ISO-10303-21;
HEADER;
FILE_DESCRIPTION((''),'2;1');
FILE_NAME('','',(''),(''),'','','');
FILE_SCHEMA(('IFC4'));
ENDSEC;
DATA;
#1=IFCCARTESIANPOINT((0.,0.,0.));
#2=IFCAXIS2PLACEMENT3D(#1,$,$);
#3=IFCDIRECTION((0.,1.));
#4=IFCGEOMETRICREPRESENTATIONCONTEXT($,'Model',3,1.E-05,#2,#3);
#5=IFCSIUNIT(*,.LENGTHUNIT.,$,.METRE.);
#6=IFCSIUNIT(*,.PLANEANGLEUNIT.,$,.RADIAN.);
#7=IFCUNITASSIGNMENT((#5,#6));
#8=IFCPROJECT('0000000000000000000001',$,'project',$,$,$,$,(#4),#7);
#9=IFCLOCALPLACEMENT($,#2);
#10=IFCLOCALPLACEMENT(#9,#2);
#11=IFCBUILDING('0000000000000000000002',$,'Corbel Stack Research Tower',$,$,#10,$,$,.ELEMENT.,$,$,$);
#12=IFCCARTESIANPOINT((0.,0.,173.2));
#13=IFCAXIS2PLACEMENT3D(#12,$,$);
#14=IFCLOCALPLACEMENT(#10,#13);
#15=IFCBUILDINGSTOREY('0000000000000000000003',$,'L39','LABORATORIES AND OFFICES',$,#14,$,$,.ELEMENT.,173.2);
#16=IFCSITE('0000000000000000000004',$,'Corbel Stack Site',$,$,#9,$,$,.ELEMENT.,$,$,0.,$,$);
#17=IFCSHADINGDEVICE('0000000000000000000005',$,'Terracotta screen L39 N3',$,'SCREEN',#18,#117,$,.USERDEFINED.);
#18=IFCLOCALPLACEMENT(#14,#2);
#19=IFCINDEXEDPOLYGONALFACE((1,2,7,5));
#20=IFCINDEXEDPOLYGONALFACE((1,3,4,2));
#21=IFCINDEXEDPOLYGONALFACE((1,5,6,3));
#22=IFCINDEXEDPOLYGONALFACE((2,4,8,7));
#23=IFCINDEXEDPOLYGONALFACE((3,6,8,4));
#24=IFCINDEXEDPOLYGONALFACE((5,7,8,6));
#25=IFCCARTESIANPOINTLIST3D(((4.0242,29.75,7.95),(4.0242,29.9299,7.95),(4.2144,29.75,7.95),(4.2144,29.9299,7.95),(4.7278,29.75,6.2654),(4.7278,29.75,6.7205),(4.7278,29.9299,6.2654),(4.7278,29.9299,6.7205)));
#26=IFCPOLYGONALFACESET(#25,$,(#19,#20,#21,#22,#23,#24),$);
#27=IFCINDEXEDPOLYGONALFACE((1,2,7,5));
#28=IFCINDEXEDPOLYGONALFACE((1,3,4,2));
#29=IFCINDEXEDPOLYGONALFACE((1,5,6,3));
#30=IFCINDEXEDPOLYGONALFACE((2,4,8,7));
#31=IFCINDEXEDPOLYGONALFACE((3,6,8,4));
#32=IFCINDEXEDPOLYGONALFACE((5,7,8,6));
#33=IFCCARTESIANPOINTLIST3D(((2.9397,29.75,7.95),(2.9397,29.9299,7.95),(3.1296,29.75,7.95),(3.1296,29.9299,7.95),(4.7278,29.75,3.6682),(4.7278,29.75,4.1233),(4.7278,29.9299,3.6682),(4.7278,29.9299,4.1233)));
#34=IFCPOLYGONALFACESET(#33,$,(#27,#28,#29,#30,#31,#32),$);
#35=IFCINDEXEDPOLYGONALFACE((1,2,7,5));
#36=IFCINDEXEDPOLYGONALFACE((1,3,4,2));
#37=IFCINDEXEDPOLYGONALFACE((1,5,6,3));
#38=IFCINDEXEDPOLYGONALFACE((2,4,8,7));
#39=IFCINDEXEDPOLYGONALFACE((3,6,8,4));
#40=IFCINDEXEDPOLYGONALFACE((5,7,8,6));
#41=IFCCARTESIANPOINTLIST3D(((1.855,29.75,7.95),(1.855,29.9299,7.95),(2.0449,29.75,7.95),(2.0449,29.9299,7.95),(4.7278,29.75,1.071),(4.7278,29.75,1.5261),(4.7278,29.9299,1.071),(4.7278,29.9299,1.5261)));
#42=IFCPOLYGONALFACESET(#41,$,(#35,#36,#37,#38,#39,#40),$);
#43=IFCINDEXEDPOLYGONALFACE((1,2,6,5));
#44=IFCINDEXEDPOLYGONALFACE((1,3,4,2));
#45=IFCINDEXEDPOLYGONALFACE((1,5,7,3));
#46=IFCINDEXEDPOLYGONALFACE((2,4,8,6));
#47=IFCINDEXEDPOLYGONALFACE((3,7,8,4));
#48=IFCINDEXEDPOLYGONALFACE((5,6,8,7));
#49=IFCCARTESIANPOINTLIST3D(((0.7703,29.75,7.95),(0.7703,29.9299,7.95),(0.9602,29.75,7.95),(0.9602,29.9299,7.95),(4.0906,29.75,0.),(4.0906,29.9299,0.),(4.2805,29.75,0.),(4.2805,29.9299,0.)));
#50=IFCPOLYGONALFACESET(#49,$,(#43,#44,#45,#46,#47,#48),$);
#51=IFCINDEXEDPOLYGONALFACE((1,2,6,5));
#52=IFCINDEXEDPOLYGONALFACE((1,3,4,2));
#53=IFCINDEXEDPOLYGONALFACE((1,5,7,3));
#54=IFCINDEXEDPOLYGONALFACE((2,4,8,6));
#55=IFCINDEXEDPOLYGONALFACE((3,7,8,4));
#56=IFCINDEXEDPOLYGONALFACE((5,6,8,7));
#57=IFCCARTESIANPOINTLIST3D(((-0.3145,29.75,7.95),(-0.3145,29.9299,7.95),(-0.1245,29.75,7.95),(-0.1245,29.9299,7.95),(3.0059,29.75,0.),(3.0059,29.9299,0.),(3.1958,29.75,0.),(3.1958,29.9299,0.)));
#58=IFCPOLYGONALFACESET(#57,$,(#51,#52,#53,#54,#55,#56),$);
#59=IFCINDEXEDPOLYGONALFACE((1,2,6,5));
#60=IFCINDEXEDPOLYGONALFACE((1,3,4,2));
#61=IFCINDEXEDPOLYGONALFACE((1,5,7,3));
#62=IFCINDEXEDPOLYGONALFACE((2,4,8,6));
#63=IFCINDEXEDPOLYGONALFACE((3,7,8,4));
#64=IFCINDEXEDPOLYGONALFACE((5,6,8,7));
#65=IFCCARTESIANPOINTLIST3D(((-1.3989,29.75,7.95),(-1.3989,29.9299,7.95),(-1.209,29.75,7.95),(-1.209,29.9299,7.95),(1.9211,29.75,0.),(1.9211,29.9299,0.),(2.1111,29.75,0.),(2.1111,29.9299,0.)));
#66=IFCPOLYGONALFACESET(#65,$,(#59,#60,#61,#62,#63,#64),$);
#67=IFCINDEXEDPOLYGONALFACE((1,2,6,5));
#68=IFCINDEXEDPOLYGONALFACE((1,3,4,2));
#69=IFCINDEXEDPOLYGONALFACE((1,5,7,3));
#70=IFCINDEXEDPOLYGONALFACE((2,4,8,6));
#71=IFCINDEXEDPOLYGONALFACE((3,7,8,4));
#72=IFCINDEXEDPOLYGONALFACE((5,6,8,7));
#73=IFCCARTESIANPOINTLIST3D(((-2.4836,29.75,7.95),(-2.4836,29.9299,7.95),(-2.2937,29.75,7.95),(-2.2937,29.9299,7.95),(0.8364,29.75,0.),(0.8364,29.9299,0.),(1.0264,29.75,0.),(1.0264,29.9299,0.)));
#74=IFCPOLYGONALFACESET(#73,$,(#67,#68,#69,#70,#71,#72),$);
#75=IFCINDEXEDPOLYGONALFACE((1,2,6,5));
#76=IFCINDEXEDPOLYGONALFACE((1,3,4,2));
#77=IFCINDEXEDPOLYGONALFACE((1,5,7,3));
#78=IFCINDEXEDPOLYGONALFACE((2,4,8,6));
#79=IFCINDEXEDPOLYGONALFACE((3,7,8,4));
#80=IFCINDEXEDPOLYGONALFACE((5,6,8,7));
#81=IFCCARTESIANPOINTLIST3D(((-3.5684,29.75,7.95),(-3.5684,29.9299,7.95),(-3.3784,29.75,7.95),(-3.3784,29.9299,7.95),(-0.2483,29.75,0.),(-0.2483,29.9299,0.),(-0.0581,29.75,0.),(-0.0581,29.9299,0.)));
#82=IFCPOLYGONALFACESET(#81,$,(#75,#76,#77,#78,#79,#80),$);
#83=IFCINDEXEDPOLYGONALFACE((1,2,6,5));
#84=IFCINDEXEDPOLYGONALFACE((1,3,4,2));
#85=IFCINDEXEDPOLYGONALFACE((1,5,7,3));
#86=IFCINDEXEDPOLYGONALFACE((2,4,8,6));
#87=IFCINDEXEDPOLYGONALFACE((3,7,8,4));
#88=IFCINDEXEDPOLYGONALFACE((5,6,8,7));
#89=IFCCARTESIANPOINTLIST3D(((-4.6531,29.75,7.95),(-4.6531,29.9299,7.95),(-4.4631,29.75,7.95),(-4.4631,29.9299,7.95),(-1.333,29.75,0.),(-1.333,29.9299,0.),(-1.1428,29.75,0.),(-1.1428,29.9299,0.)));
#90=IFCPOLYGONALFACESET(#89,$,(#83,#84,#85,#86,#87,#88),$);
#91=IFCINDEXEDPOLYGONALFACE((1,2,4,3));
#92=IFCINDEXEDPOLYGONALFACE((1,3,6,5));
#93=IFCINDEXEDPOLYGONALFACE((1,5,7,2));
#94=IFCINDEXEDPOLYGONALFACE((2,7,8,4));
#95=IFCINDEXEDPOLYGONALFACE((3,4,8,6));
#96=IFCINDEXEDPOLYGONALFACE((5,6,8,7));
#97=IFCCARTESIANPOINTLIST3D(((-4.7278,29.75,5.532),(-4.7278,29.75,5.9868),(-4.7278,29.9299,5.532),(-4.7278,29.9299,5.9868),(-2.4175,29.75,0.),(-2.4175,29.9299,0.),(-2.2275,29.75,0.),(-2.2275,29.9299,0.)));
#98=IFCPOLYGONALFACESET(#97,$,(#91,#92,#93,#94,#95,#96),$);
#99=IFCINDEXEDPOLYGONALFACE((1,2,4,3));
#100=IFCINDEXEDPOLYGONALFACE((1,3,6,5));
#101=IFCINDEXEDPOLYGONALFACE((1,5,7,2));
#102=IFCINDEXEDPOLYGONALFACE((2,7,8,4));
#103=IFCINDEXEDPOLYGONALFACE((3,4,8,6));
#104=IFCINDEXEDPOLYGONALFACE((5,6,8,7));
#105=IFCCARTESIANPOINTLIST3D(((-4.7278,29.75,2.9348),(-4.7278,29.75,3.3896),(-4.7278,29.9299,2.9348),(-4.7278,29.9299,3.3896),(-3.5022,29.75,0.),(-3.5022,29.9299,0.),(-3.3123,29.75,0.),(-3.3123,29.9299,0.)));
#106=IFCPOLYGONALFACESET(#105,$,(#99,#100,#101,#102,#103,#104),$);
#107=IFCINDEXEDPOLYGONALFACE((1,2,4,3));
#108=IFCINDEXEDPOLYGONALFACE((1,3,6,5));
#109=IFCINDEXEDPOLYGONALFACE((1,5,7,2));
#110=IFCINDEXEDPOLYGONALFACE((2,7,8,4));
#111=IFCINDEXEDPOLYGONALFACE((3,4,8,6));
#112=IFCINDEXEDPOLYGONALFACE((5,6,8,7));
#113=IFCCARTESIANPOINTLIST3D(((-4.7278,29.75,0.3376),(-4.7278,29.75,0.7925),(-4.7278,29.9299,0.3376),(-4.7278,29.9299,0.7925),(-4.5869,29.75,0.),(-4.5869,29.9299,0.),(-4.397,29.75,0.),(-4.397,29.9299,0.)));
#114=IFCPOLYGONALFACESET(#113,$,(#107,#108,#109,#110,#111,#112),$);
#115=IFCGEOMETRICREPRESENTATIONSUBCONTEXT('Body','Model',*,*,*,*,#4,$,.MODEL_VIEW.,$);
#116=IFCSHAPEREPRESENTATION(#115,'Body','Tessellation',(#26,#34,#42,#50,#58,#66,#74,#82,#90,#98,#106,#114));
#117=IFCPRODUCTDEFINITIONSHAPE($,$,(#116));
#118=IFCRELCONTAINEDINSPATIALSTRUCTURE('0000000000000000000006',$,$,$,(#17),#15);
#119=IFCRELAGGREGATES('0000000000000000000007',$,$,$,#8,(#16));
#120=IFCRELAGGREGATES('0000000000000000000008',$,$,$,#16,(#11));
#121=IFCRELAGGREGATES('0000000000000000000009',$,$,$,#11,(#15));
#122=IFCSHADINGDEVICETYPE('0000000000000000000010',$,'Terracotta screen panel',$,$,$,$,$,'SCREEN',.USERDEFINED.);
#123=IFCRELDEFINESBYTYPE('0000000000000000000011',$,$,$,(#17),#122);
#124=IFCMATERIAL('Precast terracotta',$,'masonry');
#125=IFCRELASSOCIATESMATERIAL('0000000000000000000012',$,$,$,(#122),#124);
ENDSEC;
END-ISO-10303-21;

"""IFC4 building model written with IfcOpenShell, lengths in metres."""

from ifc_helpers import new_model, si_unit, direction, frame, origin, place, context, subcontext, project, spatial, polyline, outline, extrude, source, transform, mapped, material, type_object, element, save


model = new_model("IFC4")

# Units and contexts
model_context = context("Model", 3, precision=1e-05, world=origin(), true_north=direction((0.0, 1.0)))
body_context = subcontext(model_context, "Body", "Model", "MODEL_VIEW")
ifc_project = project(units=[si_unit("LENGTHUNIT", "METRE"), si_unit("PLANEANGLEUNIT", "RADIAN")], contexts=[model_context])

# Site, building, storey
site_placement = place(None, origin())
site = spatial("IfcSite", under=ifc_project, at=site_placement, Name="Corbel Stack Site", CompositionType="ELEMENT", RefElevation=0.0)
building_placement = place(site_placement, origin())
building = spatial("IfcBuilding", under=site, at=building_placement, Name="Corbel Stack Research Tower", CompositionType="ELEMENT")
storey_placement = place(building_placement, frame((0.0, 0.0, 173.2)))
storey = spatial("IfcBuildingStorey", under=building, at=storey_placement, Name="L39", Description="LABORATORIES AND OFFICES", CompositionType="ELEMENT", Elevation=173.2)

# Shading device
ifc_material_1 = material(Name="Precast terracotta", Category="masonry")
shading_device_type = type_object("IfcShadingDeviceType", Name="Terracotta screen panel", ElementType="SCREEN", PredefinedType="USERDEFINED", material=ifc_material_1)
shared_shape_1 = source(origin(), body_context, "Body", "SweptSolid", [
    extrude(outline(polyline([(0.7036, 7.95), (0.5134, 7.95), (0.0, 6.7205), (0.0, 6.2654), (0.7036, 7.95)])), frame((0.0, 0.0, 0.0), z_axis=(0.0, -1.0, 0.0), x_axis=(1.0, 0.0, 0.0)), (0.0, 0.0, 1.0), 0.1799),
    extrude(outline(polyline([(1.7881, 7.95), (1.5981, 7.95), (0.0, 4.1233), (0.0, 3.6682), (1.7881, 7.95)])), frame((0.0, 0.0, 0.0), z_axis=(0.0, -1.0, 0.0), x_axis=(1.0, 0.0, 0.0)), (0.0, 0.0, 1.0), 0.1799),
    extrude(outline(polyline([(2.8728, 7.95), (2.6829, 7.95), (0.0, 1.5261), (0.0, 1.071), (2.8728, 7.95)])), frame((0.0, 0.0, 0.0), z_axis=(0.0, -1.0, 0.0), x_axis=(1.0, 0.0, 0.0)), (0.0, 0.0, 1.0), 0.1799),
    extrude(outline(polyline([(0.6372, 0.0), (3.9575, 7.95), (3.7676, 7.95), (0.4473, 0.0), (0.6372, 0.0)])), frame((0.0, 0.0, 0.0), z_axis=(0.0, -1.0, 0.0), x_axis=(1.0, 0.0, 0.0)), (0.0, 0.0, 1.0), 0.1799),
    extrude(outline(polyline([(1.7219, 0.0), (5.0422, 7.95), (4.8523, 7.95), (1.532, 0.0), (1.7219, 0.0)])), frame((0.0, 0.0, 0.0), z_axis=(0.0, -1.0, 0.0), x_axis=(1.0, 0.0, 0.0)), (0.0, 0.0, 1.0), 0.1799),
    extrude(outline(polyline([(2.8066, 0.0), (6.1267, 7.95), (5.9368, 7.95), (2.6167, 0.0), (2.8066, 0.0)])), frame((0.0, 0.0, 0.0), z_axis=(0.0, -1.0, 0.0), x_axis=(1.0, 0.0, 0.0)), (0.0, 0.0, 1.0), 0.1799),
    extrude(outline(polyline([(3.8914, 0.0), (7.2114, 7.95), (7.0215, 7.95), (3.7014, 0.0), (3.8914, 0.0)])), frame((0.0, 0.0, 0.0), z_axis=(0.0, -1.0, 0.0), x_axis=(1.0, 0.0, 0.0)), (0.0, 0.0, 1.0), 0.1799),
    extrude(outline(polyline([(4.9761, 0.0), (8.2961, 7.95), (8.1062, 7.95), (4.7859, 0.0), (4.9761, 0.0)])), frame((0.0, 0.0, 0.0), z_axis=(0.0, -1.0, 0.0), x_axis=(1.0, 0.0, 0.0)), (0.0, 0.0, 1.0), 0.1799),
    extrude(outline(polyline([(6.0608, 0.0), (9.3809, 7.95), (9.1909, 7.95), (5.8706, 0.0), (6.0608, 0.0)])), frame((0.0, 0.0, 0.0), z_axis=(0.0, -1.0, 0.0), x_axis=(1.0, 0.0, 0.0)), (0.0, 0.0, 1.0), 0.1799),
    extrude(outline(polyline([(7.1453, 0.0), (9.4556, 5.532), (9.4556, 5.9868), (6.9553, 0.0), (7.1453, 0.0)])), frame((0.0, 0.0, 0.0), z_axis=(0.0, -1.0, 0.0), x_axis=(1.0, 0.0, 0.0)), (0.0, 0.0, 1.0), 0.1799),
    extrude(outline(polyline([(8.23, 0.0), (9.4556, 2.9348), (9.4556, 3.3896), (8.04, 0.0), (8.23, 0.0)])), frame((0.0, 0.0, 0.0), z_axis=(0.0, -1.0, 0.0), x_axis=(1.0, 0.0, 0.0)), (0.0, 0.0, 1.0), 0.1799),
    extrude(outline(polyline([(9.3147, 0.0), (9.4556, 0.3376), (9.4556, 0.7925), (9.1248, 0.0), (9.3147, 0.0)])), frame((0.0, 0.0, 0.0), z_axis=(0.0, -1.0, 0.0), x_axis=(1.0, 0.0, 0.0)), (0.0, 0.0, 1.0), 0.1799),
])
shading_device_1_placement = place(storey_placement, frame((4.7278, 29.75, 0.0), z_axis=(0.0, 0.0, 1.0), x_axis=(-1.0, 0.0, 0.0)))
element("IfcShadingDevice", 1, at=shading_device_1_placement, inside=storey, type_object=shading_device_type, Name="Terracotta screen L39 N3", ObjectType="SCREEN", PredefinedType="USERDEFINED", context=body_context, shape_type="MappedRepresentation", body=[
    mapped(shared_shape_1, transform((0.0, 0.0, 0.0))),
])

save(model, "model.ifc")
